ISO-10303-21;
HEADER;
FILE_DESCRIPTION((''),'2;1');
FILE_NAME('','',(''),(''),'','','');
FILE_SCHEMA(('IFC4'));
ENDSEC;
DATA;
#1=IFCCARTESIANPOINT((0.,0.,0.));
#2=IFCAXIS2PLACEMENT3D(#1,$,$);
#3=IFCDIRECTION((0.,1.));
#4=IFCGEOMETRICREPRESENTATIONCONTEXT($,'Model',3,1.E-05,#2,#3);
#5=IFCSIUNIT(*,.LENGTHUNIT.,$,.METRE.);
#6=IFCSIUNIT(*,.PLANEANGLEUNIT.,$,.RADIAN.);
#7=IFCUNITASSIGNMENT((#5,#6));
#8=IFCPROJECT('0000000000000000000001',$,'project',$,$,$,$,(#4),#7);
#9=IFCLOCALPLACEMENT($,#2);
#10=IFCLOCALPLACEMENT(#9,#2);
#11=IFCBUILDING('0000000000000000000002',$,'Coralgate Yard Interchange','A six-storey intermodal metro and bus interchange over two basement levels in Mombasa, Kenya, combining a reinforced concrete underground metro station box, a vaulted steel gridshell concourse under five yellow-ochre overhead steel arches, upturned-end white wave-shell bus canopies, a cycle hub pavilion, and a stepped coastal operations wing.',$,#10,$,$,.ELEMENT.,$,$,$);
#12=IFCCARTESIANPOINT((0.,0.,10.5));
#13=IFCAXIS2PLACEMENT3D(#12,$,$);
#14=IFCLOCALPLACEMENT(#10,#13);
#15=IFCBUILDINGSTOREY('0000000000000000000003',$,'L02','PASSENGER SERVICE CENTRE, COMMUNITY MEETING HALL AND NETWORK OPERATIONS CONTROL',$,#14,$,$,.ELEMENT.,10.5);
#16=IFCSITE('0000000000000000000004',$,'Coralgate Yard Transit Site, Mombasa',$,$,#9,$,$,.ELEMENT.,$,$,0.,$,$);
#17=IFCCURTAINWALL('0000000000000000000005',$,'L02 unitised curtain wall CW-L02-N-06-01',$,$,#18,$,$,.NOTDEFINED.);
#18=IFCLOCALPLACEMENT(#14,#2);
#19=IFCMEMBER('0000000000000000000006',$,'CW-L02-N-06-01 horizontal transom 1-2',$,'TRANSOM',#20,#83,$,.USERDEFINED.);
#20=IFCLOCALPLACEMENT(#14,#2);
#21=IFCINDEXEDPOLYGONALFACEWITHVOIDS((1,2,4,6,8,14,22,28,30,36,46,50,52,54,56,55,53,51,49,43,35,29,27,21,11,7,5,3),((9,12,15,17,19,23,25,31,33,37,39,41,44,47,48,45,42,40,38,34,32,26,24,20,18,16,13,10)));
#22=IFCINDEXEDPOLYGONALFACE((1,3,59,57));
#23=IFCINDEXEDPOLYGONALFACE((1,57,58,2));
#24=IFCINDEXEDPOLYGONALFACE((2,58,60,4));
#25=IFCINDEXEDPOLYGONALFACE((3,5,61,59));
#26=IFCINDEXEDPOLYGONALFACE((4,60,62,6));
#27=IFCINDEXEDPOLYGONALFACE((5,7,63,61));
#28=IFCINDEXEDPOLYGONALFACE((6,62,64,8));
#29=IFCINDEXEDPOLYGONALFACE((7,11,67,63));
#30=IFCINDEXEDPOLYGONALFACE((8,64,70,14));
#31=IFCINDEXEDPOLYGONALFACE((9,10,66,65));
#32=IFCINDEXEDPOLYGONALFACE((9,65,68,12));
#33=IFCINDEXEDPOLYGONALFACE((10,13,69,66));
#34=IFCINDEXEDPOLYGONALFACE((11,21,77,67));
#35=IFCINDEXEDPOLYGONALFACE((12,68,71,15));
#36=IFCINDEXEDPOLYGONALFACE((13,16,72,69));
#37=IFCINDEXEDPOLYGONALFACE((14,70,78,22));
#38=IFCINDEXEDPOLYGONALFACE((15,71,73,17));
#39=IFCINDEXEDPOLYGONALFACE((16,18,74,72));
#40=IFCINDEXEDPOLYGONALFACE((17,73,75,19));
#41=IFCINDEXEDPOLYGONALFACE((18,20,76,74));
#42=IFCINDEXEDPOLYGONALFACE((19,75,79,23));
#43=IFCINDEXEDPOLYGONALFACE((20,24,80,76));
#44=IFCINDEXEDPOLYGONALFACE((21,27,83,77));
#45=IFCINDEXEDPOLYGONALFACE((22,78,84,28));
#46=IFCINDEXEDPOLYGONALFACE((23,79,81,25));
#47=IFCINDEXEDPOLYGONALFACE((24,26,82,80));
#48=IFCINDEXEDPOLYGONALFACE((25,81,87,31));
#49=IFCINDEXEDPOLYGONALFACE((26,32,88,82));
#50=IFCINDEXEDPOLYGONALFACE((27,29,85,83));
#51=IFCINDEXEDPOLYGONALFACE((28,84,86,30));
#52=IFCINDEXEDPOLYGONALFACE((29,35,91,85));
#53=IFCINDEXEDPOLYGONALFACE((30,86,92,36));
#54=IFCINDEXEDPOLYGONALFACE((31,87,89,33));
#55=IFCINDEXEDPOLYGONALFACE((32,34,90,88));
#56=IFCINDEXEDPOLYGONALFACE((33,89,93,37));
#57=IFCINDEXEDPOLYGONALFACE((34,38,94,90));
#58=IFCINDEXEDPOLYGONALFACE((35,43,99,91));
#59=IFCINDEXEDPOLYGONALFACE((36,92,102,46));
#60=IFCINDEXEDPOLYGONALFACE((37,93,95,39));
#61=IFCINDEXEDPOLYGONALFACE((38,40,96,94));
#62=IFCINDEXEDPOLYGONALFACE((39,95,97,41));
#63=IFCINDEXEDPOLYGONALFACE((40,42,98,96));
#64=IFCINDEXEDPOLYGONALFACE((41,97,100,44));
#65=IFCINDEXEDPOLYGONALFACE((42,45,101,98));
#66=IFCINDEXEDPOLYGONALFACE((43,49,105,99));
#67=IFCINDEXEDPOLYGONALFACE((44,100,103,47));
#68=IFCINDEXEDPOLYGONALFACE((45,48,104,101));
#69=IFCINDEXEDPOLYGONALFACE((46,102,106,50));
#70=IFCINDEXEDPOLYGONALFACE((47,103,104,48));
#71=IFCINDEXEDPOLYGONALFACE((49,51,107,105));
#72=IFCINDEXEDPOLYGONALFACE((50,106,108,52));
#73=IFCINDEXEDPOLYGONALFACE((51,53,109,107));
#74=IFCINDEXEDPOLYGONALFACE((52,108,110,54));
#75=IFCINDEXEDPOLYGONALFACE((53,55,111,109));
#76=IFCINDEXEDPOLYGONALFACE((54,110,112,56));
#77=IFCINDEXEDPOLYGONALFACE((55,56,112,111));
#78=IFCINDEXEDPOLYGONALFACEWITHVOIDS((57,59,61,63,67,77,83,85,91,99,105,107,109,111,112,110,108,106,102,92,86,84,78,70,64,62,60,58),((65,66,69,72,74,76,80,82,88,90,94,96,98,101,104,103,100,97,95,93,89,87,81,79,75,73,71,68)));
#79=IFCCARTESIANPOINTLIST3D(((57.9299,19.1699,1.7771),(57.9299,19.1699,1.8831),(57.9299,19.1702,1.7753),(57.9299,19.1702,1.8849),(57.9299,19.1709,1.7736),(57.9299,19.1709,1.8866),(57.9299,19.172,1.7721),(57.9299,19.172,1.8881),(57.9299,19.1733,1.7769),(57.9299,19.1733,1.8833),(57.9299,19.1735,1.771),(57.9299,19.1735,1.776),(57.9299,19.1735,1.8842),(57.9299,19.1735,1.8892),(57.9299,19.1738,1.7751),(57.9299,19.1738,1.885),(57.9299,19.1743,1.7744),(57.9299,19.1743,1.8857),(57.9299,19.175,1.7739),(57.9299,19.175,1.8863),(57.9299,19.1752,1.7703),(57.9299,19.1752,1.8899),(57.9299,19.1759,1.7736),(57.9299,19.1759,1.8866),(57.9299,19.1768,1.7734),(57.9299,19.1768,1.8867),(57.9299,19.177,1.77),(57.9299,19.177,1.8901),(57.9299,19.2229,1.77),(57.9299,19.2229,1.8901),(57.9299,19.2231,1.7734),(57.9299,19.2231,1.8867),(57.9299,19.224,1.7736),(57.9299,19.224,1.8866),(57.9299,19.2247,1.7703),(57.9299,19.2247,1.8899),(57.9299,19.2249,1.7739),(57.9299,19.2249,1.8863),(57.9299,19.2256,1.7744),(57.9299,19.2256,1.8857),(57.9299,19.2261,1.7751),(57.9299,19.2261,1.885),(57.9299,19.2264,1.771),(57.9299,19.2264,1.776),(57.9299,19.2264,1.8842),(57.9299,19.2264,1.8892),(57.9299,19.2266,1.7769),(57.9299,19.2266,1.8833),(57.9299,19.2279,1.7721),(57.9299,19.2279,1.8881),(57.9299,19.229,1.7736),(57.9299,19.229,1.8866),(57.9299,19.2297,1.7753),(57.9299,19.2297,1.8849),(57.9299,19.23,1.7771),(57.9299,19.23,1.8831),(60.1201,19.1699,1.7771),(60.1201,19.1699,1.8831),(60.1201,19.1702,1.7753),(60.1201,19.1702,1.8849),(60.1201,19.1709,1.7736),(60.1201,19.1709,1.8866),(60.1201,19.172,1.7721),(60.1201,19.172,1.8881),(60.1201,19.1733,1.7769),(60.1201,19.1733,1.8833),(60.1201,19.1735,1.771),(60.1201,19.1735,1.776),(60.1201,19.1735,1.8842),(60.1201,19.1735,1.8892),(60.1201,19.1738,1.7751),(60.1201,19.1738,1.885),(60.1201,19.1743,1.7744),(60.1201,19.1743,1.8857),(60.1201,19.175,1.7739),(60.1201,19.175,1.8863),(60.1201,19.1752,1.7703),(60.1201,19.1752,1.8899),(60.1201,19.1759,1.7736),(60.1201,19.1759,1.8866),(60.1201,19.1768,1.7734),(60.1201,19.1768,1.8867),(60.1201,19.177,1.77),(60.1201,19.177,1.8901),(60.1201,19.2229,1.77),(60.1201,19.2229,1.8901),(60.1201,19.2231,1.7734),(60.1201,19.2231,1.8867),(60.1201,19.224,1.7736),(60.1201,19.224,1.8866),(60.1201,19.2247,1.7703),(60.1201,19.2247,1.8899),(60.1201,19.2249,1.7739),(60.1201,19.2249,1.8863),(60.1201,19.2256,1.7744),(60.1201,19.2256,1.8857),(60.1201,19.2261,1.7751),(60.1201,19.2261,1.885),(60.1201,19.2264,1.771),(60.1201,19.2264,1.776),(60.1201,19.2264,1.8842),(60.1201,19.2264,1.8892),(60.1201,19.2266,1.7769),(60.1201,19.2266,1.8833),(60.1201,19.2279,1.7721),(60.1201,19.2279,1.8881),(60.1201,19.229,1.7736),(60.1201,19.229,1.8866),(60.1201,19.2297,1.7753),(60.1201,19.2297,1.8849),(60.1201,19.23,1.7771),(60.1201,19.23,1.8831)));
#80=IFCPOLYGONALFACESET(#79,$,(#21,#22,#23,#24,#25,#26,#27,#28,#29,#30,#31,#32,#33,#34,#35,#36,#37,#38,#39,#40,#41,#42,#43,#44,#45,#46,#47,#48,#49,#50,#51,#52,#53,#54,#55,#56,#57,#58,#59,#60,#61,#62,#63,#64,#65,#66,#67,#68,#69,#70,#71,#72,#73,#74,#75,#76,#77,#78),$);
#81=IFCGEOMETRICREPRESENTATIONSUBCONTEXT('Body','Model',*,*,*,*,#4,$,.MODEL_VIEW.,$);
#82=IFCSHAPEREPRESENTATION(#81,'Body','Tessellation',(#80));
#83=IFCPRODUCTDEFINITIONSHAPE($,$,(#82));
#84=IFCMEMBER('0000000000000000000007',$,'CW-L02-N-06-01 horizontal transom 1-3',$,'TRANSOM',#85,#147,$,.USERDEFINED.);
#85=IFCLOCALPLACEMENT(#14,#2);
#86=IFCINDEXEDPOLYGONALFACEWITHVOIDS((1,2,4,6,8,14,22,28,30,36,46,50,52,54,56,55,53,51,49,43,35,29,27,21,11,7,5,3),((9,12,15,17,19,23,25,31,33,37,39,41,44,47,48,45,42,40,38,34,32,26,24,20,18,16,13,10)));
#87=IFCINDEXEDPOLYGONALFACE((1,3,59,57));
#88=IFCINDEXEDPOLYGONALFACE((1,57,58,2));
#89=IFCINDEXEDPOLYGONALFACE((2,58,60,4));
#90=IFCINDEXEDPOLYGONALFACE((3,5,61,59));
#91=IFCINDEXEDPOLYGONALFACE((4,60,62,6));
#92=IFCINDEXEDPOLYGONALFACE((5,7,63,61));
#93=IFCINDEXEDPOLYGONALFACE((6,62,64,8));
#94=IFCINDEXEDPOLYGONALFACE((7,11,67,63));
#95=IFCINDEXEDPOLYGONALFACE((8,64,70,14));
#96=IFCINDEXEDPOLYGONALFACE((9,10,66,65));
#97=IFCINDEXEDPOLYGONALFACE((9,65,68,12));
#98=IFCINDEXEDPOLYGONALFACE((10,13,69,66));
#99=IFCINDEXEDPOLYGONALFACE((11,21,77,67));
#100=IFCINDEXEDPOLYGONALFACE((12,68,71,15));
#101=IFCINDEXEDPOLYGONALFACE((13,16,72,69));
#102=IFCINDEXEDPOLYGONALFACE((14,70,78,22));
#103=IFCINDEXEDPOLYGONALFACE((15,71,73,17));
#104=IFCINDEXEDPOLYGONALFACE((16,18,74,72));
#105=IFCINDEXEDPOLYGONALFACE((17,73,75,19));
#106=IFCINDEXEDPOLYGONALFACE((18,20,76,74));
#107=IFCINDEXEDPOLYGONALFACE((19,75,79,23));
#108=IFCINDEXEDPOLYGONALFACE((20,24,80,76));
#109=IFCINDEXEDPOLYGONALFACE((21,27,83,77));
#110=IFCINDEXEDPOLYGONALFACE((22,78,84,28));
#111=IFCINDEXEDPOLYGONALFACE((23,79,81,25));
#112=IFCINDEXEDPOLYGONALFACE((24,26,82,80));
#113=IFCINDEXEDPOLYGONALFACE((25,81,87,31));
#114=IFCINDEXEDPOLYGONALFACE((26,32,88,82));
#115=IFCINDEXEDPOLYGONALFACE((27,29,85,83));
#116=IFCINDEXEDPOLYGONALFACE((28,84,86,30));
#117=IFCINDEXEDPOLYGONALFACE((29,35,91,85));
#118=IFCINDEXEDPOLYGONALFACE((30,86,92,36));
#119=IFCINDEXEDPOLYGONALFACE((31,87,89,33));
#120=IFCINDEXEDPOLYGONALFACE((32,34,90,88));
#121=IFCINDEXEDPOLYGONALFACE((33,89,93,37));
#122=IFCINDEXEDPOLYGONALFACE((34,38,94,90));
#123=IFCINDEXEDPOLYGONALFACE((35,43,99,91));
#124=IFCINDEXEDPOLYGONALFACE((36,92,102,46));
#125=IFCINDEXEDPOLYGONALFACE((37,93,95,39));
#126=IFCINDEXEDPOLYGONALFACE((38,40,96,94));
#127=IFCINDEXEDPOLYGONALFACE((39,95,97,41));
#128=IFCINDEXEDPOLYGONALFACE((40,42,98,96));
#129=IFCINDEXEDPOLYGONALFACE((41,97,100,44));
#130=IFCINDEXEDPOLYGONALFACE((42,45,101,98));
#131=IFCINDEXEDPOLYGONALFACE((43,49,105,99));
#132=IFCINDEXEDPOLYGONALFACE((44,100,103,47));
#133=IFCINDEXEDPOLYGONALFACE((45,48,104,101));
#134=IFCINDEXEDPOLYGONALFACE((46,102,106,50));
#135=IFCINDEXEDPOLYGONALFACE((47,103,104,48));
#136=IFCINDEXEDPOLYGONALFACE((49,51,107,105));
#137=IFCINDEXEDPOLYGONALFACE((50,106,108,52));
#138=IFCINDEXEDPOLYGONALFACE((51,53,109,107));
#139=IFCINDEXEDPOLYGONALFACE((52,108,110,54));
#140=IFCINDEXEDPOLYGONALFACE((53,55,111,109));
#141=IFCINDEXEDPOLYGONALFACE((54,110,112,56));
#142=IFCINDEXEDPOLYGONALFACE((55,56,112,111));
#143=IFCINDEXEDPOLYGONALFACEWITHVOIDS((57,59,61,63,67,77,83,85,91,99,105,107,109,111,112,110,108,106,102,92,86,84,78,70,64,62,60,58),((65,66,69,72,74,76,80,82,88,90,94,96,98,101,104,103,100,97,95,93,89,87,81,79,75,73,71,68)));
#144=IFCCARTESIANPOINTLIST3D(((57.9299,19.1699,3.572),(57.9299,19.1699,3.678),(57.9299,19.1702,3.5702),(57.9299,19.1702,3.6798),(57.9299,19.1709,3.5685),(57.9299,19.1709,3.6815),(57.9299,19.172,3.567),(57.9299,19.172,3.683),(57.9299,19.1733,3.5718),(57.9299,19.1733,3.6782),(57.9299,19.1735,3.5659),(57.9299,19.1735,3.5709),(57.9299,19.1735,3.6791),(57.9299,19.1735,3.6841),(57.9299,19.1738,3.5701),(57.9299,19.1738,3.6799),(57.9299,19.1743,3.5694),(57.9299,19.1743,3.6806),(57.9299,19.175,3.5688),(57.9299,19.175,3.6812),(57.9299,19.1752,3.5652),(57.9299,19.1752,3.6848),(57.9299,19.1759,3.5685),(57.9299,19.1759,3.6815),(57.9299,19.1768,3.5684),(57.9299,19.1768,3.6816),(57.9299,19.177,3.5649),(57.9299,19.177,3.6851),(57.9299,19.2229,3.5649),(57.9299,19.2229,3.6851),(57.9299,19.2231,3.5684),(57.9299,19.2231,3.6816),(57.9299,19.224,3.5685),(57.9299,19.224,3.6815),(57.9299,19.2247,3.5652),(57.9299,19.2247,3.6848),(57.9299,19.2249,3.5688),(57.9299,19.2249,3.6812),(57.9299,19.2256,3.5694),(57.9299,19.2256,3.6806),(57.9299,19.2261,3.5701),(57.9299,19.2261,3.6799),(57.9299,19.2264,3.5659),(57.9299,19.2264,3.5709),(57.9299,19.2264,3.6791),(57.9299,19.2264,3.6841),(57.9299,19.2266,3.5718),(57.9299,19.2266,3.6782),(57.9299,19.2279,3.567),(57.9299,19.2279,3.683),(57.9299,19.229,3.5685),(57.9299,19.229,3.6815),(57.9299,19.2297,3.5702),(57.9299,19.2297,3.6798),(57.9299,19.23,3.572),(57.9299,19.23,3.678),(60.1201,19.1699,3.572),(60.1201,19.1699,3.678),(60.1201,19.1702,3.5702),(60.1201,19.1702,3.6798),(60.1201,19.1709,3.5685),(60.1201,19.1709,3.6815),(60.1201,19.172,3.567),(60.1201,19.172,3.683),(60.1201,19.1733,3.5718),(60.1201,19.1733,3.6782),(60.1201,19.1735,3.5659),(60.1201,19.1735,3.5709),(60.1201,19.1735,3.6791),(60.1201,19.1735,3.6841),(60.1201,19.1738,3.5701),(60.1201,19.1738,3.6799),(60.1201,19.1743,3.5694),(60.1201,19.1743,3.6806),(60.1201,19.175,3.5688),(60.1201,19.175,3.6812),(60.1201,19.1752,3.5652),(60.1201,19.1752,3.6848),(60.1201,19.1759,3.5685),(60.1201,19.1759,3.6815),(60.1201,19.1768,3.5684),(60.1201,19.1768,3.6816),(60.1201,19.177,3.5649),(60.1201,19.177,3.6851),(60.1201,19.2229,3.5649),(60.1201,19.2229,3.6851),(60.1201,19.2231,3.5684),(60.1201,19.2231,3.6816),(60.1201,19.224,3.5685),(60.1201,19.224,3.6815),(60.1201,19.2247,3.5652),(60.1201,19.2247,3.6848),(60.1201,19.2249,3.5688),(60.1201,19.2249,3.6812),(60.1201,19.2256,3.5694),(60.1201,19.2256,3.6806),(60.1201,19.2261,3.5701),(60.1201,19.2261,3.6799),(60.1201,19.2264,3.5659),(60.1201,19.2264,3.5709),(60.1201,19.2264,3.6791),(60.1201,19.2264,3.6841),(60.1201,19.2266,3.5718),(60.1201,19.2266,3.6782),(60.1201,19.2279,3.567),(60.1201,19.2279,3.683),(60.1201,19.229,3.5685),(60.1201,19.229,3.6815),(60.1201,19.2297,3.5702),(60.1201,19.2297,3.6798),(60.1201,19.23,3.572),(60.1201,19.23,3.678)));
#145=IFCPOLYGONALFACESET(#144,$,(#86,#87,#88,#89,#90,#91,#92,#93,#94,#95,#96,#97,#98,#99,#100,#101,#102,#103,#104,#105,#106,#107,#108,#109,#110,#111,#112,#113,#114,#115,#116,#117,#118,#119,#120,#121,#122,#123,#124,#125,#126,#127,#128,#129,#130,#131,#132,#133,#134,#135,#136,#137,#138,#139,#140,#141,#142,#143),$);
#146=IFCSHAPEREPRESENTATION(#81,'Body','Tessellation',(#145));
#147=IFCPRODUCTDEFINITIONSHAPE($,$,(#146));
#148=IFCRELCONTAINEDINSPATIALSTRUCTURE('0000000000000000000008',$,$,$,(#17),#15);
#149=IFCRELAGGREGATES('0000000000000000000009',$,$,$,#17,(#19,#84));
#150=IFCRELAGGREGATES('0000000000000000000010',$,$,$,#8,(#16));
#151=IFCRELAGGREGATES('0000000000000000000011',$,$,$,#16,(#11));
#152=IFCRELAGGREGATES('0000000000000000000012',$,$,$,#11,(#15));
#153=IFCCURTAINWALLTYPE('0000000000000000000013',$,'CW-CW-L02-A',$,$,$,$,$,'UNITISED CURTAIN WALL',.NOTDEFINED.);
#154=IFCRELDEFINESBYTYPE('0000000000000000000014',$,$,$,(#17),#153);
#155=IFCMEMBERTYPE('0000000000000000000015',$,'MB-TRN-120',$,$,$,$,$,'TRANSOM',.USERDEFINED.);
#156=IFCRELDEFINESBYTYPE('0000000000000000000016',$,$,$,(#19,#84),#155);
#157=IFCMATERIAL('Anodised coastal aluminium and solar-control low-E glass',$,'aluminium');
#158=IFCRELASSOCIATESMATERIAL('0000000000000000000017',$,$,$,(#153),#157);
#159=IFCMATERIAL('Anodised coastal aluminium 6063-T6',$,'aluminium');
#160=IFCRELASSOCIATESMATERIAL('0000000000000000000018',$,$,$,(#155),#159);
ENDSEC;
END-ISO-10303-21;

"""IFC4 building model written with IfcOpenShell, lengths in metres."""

from ifc_helpers import new_model, si_unit, direction, frame, origin, origin_2d, place, context, subcontext, project, spatial, hollow_rectangle, extrude, material, material_profile, profile_set, type_object, element, aggregate, save


model = new_model("IFC4")

# Units and contexts
model_context = context("Model", 3, precision=1e-05, world=origin(), true_north=direction((0.0, 1.0)))
body_context = subcontext(model_context, "Body", "Model", "MODEL_VIEW")
ifc_project = project(units=[si_unit("LENGTHUNIT", "METRE"), si_unit("PLANEANGLEUNIT", "RADIAN")], contexts=[model_context])

# Site, building, storey
site_placement = place(None, origin())
site = spatial("IfcSite", under=ifc_project, at=site_placement, Name="Coralgate Yard Transit Site, Mombasa", CompositionType="ELEMENT", RefElevation=0.0)
building_placement = place(site_placement, origin())
building = spatial("IfcBuilding", under=site, at=building_placement, Name="Coralgate Yard Interchange", Description="A six-storey intermodal metro and bus interchange over two basement levels in Mombasa, Kenya, combining a reinforced concrete underground metro station box, a vaulted steel gridshell concourse under five yellow-ochre overhead steel arches, upturned-end white wave-shell bus canopies, a cycle hub pavilion, and a stepped coastal operations wing.", CompositionType="ELEMENT")
storey_placement = place(building_placement, frame((0.0, 0.0, 10.5)))
storey = spatial("IfcBuildingStorey", under=building, at=storey_placement, Name="L02", Description="PASSENGER SERVICE CENTRE, COMMUNITY MEETING HALL AND NETWORK OPERATIONS CONTROL", CompositionType="ELEMENT", Elevation=10.5)

# Shared definitions
ifc_material_1 = material(Name="Anodised coastal aluminium and solar-control low-E glass", Category="aluminium")
curtain_wall_type = type_object("IfcCurtainWallType", Name="CW-CW-L02-A", ElementType="UNITISED CURTAIN WALL", PredefinedType="NOTDEFINED", material=ifc_material_1)
ifc_material_2 = material(Name="Anodised coastal aluminium 6063-T6", Category="aluminium")

# Curtain wall, members
curtain_wall_1_placement = place(storey_placement, origin())
curtain_wall_1 = element("IfcCurtainWall", 1, at=curtain_wall_1_placement, inside=storey, type_object=curtain_wall_type, Name="L02 unitised curtain wall CW-L02-N-06-01", PredefinedType="NOTDEFINED")
ifc_material_profile_1 = material_profile(ifc_material_2, hollow_rectangle(XDim=0.0601, YDim=0.1201, WallThickness=0.0034, InnerFilletRadius=0.0034, OuterFilletRadius=0.0071, at=origin_2d()), Name="ALU 60x120x3.5")
ifc_profile_set_1 = profile_set([ifc_material_profile_1], Name="Anodised coastal aluminium 6063-T6")
member_type_1 = type_object("IfcMemberType", Name="MB-TRN-120", ElementType="TRANSOM", PredefinedType="USERDEFINED", material=ifc_profile_set_1)
member_1_placement = place(storey_placement, frame((57.9299, 19.2, 1.8301), z_axis=(1.0, 0.0, 0.0), x_axis=(0.0, 1.0, 0.0)))
member_1 = element("IfcMember", 2, at=member_1_placement, type_object=member_type_1, Name="CW-L02-N-06-01 horizontal transom 1-2", ObjectType="TRANSOM", PredefinedType="USERDEFINED", context=body_context, shape_type="SweptSolid", body=[
    extrude(hollow_rectangle(XDim=0.0601, YDim=0.1201, WallThickness=0.0034, InnerFilletRadius=0.0034, OuterFilletRadius=0.0071, at=origin_2d()), origin(), (0.0, 0.0, 1.0), 2.1902),
])
member_2_placement = place(storey_placement, frame((57.9299, 19.2, 3.625), z_axis=(1.0, 0.0, 0.0), x_axis=(0.0, 1.0, 0.0)))
member_2 = element("IfcMember", 3, at=member_2_placement, type_object=member_type_1, Name="CW-L02-N-06-01 horizontal transom 1-3", ObjectType="TRANSOM", PredefinedType="USERDEFINED", context=body_context, shape_type="SweptSolid", body=[
    extrude(hollow_rectangle(XDim=0.0601, YDim=0.1201, WallThickness=0.0034, InnerFilletRadius=0.0034, OuterFilletRadius=0.0071, at=origin_2d()), origin(), (0.0, 0.0, 1.0), 2.1902),
])
aggregate(curtain_wall_1, [member_1, member_2])

save(model, "model.ifc")
